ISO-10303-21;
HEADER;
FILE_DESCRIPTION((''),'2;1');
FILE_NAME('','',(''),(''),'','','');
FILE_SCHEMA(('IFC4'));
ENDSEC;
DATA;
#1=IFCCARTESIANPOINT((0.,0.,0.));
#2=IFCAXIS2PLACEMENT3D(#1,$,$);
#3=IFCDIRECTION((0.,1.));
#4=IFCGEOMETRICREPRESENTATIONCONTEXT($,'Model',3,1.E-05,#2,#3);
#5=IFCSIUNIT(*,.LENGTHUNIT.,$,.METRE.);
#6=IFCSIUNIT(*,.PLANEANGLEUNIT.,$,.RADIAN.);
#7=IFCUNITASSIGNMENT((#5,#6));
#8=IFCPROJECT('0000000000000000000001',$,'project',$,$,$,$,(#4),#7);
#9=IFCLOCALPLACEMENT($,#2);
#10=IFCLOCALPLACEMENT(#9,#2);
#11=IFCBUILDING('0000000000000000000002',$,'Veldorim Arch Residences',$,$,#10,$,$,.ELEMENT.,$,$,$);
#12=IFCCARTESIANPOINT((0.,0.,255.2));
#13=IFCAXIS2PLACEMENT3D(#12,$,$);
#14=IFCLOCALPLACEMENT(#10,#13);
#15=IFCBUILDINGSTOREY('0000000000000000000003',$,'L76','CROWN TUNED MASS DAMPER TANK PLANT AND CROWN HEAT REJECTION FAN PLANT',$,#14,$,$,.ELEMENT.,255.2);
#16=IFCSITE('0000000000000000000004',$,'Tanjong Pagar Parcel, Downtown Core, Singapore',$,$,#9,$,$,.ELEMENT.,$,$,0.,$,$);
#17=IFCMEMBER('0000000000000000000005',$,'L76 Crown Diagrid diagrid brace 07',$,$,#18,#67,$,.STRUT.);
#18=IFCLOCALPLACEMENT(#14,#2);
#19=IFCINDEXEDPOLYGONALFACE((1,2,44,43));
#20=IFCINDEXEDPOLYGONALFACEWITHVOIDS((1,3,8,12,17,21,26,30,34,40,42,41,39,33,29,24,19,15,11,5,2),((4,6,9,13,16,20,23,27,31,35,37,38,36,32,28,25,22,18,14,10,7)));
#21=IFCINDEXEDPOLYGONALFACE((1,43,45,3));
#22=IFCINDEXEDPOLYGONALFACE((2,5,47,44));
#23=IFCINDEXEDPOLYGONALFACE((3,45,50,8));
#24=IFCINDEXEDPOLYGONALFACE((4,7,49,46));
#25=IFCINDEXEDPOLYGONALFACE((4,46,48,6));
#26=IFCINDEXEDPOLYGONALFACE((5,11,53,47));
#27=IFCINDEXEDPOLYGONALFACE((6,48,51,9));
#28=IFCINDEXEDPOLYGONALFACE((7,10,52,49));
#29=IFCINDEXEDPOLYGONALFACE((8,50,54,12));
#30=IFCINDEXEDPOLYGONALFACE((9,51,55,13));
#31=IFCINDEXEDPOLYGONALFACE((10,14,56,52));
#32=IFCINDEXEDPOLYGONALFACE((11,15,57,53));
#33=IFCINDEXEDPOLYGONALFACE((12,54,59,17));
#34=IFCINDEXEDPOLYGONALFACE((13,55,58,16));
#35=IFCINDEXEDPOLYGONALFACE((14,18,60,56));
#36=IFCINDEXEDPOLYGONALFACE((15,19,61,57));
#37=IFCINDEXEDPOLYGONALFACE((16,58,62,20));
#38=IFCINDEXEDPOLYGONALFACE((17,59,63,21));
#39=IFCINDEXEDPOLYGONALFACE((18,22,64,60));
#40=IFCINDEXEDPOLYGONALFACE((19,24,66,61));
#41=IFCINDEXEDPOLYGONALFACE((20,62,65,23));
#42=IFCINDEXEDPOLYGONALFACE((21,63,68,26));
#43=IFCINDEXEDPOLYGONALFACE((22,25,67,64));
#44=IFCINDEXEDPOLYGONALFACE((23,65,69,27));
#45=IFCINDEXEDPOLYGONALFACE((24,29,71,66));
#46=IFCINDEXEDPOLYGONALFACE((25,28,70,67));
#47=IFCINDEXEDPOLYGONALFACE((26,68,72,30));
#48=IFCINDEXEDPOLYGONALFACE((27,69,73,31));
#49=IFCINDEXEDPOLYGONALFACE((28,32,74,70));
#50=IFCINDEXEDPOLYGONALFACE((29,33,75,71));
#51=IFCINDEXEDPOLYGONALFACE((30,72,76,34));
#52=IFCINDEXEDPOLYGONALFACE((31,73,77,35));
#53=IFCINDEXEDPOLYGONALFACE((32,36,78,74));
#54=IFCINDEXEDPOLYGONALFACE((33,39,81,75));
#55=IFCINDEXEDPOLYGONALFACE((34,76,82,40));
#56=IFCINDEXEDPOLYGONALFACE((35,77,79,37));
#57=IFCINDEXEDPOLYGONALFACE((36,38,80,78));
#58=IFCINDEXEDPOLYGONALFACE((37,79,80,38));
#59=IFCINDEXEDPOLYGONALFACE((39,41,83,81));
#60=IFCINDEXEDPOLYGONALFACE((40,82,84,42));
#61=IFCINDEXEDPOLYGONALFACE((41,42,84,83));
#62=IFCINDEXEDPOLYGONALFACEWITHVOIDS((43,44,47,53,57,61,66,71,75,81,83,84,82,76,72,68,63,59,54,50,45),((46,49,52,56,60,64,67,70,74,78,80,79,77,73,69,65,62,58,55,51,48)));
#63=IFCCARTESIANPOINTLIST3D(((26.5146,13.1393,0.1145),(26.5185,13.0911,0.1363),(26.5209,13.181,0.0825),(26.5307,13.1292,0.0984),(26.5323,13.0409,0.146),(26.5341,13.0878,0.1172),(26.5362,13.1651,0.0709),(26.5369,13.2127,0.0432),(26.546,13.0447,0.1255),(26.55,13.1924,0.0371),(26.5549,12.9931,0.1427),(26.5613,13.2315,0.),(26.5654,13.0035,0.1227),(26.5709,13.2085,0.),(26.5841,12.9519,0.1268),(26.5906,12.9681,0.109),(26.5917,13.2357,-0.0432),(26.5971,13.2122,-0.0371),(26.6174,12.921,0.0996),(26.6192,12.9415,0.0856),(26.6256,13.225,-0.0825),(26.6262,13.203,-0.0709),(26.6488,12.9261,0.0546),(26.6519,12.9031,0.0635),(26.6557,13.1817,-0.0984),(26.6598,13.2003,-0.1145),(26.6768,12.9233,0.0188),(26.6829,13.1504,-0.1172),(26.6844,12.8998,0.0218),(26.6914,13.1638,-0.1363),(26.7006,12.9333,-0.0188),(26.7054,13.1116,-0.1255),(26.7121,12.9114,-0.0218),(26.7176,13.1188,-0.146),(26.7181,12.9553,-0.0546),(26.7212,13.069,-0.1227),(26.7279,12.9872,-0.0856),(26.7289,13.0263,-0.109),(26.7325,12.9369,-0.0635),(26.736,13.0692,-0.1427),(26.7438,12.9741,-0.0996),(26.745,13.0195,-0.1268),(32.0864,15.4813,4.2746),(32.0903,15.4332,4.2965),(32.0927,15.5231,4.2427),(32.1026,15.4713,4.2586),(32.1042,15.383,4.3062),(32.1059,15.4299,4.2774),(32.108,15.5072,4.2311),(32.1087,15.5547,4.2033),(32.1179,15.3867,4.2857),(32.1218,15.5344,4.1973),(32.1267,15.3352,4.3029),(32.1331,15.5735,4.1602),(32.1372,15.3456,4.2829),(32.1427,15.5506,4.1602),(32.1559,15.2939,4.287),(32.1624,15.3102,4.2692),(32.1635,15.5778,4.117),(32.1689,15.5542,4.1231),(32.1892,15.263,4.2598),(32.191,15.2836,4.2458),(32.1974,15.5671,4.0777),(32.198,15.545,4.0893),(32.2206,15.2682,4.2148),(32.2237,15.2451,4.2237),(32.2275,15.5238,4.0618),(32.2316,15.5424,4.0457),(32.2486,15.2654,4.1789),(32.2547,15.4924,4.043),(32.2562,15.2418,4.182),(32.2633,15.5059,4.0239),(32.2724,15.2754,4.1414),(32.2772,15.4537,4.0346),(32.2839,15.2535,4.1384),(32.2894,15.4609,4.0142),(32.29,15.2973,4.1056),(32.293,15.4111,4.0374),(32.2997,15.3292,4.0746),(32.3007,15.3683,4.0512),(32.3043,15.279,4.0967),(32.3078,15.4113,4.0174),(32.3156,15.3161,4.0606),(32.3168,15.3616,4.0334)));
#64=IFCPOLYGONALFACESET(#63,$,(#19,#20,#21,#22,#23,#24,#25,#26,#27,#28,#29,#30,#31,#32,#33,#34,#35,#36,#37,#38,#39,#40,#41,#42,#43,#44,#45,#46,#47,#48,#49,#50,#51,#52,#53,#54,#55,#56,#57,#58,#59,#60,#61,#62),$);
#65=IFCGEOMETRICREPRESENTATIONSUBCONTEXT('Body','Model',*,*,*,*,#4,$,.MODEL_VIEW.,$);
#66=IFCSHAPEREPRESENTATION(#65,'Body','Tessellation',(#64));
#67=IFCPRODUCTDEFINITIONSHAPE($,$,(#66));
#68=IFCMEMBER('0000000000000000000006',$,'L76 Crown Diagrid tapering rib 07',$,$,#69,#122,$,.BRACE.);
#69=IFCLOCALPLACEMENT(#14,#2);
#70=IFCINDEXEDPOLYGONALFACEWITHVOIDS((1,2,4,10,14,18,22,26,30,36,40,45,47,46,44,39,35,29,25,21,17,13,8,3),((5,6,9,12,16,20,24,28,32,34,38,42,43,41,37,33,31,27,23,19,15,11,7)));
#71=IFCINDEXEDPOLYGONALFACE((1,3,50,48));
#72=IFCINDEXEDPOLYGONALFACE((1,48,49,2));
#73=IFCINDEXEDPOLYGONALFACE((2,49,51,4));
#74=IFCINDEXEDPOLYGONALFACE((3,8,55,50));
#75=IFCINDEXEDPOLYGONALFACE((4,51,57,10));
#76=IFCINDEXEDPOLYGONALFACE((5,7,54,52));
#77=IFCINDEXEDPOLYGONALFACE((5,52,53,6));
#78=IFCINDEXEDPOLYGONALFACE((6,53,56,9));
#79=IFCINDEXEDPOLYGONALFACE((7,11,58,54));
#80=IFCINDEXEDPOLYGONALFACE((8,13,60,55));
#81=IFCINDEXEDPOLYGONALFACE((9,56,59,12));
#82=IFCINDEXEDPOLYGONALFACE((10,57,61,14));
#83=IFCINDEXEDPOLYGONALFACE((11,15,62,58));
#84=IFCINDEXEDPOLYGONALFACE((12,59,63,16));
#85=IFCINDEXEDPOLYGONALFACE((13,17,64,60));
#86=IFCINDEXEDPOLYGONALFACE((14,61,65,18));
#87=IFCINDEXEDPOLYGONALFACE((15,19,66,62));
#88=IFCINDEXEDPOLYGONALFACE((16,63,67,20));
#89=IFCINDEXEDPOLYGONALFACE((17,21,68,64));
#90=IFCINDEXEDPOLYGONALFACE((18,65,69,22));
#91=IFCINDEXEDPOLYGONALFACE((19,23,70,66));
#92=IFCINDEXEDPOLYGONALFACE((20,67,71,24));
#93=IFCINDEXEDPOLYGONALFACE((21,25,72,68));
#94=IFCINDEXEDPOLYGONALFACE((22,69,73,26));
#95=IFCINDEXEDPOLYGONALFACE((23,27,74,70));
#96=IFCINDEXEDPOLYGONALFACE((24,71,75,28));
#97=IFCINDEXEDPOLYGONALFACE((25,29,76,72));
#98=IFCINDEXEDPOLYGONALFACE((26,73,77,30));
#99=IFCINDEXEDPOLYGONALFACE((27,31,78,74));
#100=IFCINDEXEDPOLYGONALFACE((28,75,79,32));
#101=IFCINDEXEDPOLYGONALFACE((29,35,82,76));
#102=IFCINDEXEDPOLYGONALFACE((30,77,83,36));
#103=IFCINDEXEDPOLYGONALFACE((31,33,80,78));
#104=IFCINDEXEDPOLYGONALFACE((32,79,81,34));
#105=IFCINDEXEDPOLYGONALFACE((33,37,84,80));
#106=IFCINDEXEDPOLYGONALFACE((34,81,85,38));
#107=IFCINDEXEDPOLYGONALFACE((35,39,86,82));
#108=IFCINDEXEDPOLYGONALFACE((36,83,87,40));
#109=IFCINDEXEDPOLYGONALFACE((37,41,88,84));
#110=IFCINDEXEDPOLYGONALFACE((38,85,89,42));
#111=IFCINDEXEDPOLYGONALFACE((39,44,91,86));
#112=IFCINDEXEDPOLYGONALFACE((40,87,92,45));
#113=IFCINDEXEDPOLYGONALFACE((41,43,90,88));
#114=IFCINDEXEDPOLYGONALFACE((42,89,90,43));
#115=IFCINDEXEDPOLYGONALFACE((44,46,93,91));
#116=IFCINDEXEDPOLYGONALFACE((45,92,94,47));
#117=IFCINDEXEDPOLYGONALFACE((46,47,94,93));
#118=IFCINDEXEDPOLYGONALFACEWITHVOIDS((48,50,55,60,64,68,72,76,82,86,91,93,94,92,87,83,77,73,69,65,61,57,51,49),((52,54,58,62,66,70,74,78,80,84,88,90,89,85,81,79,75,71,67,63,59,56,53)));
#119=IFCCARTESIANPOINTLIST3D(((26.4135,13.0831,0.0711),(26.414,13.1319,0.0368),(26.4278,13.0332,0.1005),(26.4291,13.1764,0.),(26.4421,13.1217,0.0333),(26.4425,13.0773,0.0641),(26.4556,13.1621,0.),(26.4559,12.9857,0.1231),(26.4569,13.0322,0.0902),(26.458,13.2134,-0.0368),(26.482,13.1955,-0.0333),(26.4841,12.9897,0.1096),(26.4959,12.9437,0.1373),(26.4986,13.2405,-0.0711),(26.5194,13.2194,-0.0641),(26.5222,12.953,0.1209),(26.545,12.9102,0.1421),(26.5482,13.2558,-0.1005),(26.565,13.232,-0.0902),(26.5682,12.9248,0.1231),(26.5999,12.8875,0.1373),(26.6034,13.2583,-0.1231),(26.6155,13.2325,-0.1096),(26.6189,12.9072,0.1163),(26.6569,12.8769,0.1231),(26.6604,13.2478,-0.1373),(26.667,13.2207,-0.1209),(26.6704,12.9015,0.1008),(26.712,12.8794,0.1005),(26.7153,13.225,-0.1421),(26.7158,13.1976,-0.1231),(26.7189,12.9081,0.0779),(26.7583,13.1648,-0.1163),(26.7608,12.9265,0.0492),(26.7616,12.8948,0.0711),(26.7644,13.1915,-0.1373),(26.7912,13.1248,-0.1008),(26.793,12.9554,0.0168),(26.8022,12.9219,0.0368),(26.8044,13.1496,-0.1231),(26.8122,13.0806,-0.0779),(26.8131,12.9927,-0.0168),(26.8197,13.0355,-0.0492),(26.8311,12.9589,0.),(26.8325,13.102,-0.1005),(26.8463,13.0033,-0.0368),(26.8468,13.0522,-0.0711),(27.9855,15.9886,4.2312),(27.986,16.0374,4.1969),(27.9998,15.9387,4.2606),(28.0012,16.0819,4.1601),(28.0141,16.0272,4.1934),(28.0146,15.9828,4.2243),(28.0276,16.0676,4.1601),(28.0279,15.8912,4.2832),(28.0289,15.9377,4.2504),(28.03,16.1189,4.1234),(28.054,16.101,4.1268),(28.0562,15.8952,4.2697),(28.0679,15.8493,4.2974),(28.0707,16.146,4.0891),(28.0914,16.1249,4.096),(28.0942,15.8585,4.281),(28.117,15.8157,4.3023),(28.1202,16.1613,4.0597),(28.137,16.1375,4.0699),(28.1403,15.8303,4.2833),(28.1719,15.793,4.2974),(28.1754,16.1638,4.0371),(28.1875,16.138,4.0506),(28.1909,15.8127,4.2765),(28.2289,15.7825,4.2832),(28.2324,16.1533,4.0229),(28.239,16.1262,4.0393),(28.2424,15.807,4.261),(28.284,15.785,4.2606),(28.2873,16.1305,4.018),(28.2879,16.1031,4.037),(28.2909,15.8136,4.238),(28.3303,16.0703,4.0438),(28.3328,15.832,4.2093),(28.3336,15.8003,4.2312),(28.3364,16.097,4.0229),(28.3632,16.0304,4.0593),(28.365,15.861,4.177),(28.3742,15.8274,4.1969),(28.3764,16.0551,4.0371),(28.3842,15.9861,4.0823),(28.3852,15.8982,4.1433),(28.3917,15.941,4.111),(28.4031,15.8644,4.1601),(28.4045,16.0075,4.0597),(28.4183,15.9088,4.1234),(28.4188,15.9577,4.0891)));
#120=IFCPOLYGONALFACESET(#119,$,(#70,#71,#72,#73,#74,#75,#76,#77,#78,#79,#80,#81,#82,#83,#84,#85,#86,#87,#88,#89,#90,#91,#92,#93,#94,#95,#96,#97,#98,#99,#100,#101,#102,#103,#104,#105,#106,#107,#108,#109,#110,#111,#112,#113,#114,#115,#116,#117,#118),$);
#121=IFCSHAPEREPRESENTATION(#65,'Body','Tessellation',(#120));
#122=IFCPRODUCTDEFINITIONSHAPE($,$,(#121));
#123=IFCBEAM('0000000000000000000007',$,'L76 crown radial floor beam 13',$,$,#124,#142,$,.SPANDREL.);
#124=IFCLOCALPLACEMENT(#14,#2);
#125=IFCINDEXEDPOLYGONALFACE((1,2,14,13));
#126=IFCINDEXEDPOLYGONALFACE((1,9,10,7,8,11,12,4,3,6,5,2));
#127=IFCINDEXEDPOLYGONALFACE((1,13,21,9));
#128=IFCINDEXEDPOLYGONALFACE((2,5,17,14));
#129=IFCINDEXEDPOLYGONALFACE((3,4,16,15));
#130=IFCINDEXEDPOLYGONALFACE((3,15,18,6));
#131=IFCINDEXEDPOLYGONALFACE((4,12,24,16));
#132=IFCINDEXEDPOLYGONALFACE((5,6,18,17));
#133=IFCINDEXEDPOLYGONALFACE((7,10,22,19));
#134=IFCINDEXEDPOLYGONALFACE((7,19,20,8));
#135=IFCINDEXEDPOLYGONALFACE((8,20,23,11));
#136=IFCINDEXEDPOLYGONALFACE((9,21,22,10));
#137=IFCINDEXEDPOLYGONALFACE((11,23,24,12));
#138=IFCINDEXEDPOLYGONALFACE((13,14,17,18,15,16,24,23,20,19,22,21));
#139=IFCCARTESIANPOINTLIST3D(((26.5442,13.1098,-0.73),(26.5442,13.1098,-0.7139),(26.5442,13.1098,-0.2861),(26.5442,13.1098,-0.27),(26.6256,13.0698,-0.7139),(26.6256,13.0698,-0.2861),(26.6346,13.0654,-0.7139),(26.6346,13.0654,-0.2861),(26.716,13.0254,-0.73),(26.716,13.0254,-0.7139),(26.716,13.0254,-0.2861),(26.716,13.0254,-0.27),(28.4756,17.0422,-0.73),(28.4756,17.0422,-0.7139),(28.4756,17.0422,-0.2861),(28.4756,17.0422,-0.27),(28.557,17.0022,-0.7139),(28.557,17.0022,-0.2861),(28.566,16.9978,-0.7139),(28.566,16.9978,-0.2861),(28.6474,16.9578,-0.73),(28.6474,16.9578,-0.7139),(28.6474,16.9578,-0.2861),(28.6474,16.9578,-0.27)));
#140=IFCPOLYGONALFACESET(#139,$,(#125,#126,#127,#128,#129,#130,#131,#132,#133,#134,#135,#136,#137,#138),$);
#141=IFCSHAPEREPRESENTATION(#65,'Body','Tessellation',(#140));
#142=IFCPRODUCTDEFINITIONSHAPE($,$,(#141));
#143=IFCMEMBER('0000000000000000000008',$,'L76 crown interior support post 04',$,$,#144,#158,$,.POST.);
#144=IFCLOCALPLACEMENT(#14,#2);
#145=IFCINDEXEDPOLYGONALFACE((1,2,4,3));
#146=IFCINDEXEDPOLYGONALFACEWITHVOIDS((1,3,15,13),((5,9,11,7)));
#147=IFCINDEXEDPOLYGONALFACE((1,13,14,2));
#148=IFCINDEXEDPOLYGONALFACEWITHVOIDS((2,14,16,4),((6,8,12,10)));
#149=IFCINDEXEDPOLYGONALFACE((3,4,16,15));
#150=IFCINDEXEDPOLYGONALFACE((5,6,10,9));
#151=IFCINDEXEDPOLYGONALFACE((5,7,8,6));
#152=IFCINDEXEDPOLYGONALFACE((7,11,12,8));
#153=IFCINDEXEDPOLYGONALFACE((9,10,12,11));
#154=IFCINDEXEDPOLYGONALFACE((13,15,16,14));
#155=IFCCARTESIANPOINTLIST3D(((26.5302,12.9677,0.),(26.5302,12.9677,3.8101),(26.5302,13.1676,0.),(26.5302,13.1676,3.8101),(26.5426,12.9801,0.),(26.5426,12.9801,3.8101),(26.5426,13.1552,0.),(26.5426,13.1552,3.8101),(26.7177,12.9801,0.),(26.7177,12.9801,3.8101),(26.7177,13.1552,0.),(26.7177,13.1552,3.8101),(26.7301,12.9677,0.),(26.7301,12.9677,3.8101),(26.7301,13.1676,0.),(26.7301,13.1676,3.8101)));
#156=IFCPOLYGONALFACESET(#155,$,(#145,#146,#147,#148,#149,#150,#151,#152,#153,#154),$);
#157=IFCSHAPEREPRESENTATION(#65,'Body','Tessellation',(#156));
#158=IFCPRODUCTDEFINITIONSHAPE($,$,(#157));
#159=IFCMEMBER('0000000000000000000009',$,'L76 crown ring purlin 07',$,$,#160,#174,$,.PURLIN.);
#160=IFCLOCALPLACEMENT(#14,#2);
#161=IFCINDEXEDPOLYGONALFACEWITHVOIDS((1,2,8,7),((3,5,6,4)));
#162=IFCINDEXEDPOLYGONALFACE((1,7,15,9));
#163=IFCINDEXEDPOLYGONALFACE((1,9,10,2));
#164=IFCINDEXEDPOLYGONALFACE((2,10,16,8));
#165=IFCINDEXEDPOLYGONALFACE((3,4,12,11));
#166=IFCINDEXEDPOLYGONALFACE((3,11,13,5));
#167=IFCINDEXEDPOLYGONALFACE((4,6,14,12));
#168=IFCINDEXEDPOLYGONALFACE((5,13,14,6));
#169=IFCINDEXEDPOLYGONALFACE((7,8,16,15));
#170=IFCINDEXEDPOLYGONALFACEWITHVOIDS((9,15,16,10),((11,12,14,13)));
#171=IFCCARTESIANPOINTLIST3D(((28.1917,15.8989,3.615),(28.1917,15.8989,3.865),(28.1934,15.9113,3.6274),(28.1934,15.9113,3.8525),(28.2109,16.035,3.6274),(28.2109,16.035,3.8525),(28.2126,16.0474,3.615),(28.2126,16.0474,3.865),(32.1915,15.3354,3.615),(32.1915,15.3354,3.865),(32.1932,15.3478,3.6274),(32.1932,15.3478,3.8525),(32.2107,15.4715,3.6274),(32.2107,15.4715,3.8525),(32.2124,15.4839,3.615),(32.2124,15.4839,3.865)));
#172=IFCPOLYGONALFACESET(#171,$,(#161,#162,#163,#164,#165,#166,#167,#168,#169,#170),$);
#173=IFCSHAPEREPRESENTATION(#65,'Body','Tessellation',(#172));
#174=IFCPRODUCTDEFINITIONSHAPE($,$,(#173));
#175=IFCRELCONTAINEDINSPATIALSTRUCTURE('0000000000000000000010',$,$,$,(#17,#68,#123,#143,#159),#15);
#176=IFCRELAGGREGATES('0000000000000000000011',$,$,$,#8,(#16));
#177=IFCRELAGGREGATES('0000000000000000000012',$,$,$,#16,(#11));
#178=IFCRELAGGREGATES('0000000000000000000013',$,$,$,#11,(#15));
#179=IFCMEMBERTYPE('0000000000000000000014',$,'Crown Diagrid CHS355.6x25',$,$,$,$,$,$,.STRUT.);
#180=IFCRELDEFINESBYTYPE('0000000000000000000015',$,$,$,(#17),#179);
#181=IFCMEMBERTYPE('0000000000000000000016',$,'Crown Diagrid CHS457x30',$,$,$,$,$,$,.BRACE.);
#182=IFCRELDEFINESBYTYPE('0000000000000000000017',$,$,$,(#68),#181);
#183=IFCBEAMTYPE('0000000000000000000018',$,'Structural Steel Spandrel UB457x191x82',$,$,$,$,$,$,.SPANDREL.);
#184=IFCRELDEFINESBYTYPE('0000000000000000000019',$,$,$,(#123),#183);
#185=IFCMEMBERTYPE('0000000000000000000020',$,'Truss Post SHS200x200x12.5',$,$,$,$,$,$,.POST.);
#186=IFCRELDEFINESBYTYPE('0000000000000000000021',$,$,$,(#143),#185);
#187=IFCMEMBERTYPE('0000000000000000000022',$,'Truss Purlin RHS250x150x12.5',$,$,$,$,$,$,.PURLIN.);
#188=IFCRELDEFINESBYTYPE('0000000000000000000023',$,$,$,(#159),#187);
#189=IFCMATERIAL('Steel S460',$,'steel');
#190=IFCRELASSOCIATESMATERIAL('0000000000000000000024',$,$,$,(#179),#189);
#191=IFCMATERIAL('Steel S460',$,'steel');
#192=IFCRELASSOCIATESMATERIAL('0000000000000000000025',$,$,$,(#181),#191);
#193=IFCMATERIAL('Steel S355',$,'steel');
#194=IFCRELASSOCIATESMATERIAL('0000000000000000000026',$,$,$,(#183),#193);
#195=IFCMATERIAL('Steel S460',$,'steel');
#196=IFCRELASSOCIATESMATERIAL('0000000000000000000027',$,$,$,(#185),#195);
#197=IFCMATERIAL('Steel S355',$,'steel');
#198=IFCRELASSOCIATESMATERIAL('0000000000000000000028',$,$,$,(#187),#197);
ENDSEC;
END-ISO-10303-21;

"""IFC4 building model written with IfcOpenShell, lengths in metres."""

from ifc_helpers import new_model, si_unit, direction, frame, origin, origin_2d, place, context, subcontext, project, spatial, hollow_rectangle, hollow_circle, i_section, extrude, material, material_profile, profile_set, type_object, element, save


model = new_model("IFC4")

# Units and contexts
model_context = context("Model", 3, precision=1e-05, world=origin(), true_north=direction((0.0, 1.0)))
body_context = subcontext(model_context, "Body", "Model", "MODEL_VIEW")
ifc_project = project(units=[si_unit("LENGTHUNIT", "METRE"), si_unit("PLANEANGLEUNIT", "RADIAN")], contexts=[model_context])

# Site, building, storey
site_placement = place(None, origin())
site = spatial("IfcSite", under=ifc_project, at=site_placement, Name="Tanjong Pagar Parcel, Downtown Core, Singapore", CompositionType="ELEMENT", RefElevation=0.0)
building_placement = place(site_placement, origin())
building = spatial("IfcBuilding", under=site, at=building_placement, Name="Veldorim Arch Residences", CompositionType="ELEMENT")
storey_placement = place(building_placement, frame((0.0, 0.0, 255.2)))
storey = spatial("IfcBuildingStorey", under=building, at=storey_placement, Name="L76", Description="CROWN TUNED MASS DAMPER TANK PLANT AND CROWN HEAT REJECTION FAN PLANT", CompositionType="ELEMENT", Elevation=255.2)

# Members
ifc_material_1 = material(Name="Steel S460", Category="steel")
ifc_material_profile_1 = material_profile(ifc_material_1, hollow_circle(Radius=0.1777, WallThickness=0.0249, at=origin_2d()), Name="CHS355.6x25")
ifc_profile_set_1 = profile_set([ifc_material_profile_1], Name="Steel S460")
member_type_1 = type_object("IfcMemberType", Name="Crown Diagrid CHS355.6x25", PredefinedType="STRUT", material=ifc_profile_set_1)
member_1_placement = place(storey_placement, frame((26.6301, 13.0676, 0.0), z_axis=(0.759372, 0.319194, 0.566983), x_axis=(-0.387499, 0.92187, 0.0)))
element("IfcMember", 1, at=member_1_placement, inside=storey, type_object=member_type_1, Name="L76 Crown Diagrid diagrid brace 07", PredefinedType="STRUT", context=body_context, shape_type="SweptSolid", body=[
    extrude(hollow_circle(Radius=0.1777, WallThickness=0.0249, at=origin_2d()), origin(), (0.0, 0.0, 1.0), 7.3374),
])
ifc_material_2 = material(Name="Steel S460", Category="steel")
ifc_material_profile_2 = material_profile(ifc_material_2, hollow_circle(Radius=0.2285, WallThickness=0.03, at=origin_2d()), Name="CHS457x30")
ifc_profile_set_2 = profile_set([ifc_material_profile_2], Name="Steel S460")
member_type_2 = type_object("IfcMemberType", Name="Crown Diagrid CHS457x30", PredefinedType="BRACE", material=ifc_profile_set_2)
member_2_placement = place(storey_placement, frame((26.6301, 13.0676, 0.0), z_axis=(0.295923, 0.546945, 0.783123), x_axis=(-0.87952, 0.475862, 0.0)))
element("IfcMember", 2, at=member_2_placement, inside=storey, type_object=member_type_2, Name="L76 Crown Diagrid tapering rib 07", PredefinedType="BRACE", context=body_context, shape_type="SweptSolid", body=[
    extrude(hollow_circle(Radius=0.2285, WallThickness=0.03, at=origin_2d()), origin(), (0.0, 0.0, 1.0), 5.3123),
])

# Beam
ifc_material_3 = material(Name="Steel S355", Category="steel")
ifc_material_profile_3 = material_profile(ifc_material_3, i_section(OverallWidth=0.1914, OverallDepth=0.46, WebThickness=0.01, FlangeThickness=0.0161, at=origin_2d()), Name="UB457x191x82")
ifc_profile_set_3 = profile_set([ifc_material_profile_3], Name="Steel S355")
beam_type = type_object("IfcBeamType", Name="Structural Steel Spandrel UB457x191x82", PredefinedType="SPANDREL", material=ifc_profile_set_3)
beam_placement = place(storey_placement, frame((28.5615, 17.0, -0.5), z_axis=(-0.44085, -0.897581, 0.0), x_axis=(0.897581, -0.44085, 0.0)))
element("IfcBeam", 3, at=beam_placement, inside=storey, type_object=beam_type, Name="L76 crown radial floor beam 13", PredefinedType="SPANDREL", context=body_context, shape_type="SweptSolid", body=[
    extrude(i_section(OverallWidth=0.1914, OverallDepth=0.46, WebThickness=0.01, FlangeThickness=0.0161, at=origin_2d()), origin(), (0.0, 0.0, 1.0), 4.3811),
])

# Members
ifc_material_4 = material(Name="Steel S460", Category="steel")
ifc_material_profile_4 = material_profile(ifc_material_4, hollow_rectangle(XDim=0.2, YDim=0.2, WallThickness=0.0125, at=origin_2d()), Name="SHS200x200x12.5")
ifc_profile_set_4 = profile_set([ifc_material_profile_4], Name="Steel S460")
member_type_3 = type_object("IfcMemberType", Name="Truss Post SHS200x200x12.5", PredefinedType="POST", material=ifc_profile_set_4)
member_3_placement = place(storey_placement, frame((26.6301, 13.0676, 0.0), z_axis=(0.0, 0.0, 1.0), x_axis=(1.0, 0.0, 0.0)))
element("IfcMember", 4, at=member_3_placement, inside=storey, type_object=member_type_3, Name="L76 crown interior support post 04", PredefinedType="POST", context=body_context, shape_type="SweptSolid", body=[
    extrude(hollow_rectangle(XDim=0.2, YDim=0.2, WallThickness=0.0125, at=origin_2d()), origin(), (0.0, 0.0, 1.0), 3.8101),
])
ifc_material_5 = material(Name="Steel S355", Category="steel")
ifc_material_profile_5 = material_profile(ifc_material_5, hollow_rectangle(XDim=0.1499, YDim=0.25, WallThickness=0.0125, at=origin_2d()), Name="RHS250x150x12.5")
ifc_profile_set_5 = profile_set([ifc_material_profile_5], Name="Steel S355")
member_type_4 = type_object("IfcMemberType", Name="Truss Purlin RHS250x150x12.5", PredefinedType="PURLIN", material=ifc_profile_set_5)
member_4_placement = place(storey_placement, frame((28.2021, 15.9731, 3.74), z_axis=(0.990222, -0.1395, 0.0), x_axis=(0.1395, 0.990222, 0.0)))
element("IfcMember", 5, at=member_4_placement, inside=storey, type_object=member_type_4, Name="L76 crown ring purlin 07", PredefinedType="PURLIN", context=body_context, shape_type="SweptSolid", body=[
    extrude(hollow_rectangle(XDim=0.1499, YDim=0.25, WallThickness=0.0125, at=origin_2d()), origin(), (0.0, 0.0, 1.0), 4.0393),
])

save(model, "model.ifc")
